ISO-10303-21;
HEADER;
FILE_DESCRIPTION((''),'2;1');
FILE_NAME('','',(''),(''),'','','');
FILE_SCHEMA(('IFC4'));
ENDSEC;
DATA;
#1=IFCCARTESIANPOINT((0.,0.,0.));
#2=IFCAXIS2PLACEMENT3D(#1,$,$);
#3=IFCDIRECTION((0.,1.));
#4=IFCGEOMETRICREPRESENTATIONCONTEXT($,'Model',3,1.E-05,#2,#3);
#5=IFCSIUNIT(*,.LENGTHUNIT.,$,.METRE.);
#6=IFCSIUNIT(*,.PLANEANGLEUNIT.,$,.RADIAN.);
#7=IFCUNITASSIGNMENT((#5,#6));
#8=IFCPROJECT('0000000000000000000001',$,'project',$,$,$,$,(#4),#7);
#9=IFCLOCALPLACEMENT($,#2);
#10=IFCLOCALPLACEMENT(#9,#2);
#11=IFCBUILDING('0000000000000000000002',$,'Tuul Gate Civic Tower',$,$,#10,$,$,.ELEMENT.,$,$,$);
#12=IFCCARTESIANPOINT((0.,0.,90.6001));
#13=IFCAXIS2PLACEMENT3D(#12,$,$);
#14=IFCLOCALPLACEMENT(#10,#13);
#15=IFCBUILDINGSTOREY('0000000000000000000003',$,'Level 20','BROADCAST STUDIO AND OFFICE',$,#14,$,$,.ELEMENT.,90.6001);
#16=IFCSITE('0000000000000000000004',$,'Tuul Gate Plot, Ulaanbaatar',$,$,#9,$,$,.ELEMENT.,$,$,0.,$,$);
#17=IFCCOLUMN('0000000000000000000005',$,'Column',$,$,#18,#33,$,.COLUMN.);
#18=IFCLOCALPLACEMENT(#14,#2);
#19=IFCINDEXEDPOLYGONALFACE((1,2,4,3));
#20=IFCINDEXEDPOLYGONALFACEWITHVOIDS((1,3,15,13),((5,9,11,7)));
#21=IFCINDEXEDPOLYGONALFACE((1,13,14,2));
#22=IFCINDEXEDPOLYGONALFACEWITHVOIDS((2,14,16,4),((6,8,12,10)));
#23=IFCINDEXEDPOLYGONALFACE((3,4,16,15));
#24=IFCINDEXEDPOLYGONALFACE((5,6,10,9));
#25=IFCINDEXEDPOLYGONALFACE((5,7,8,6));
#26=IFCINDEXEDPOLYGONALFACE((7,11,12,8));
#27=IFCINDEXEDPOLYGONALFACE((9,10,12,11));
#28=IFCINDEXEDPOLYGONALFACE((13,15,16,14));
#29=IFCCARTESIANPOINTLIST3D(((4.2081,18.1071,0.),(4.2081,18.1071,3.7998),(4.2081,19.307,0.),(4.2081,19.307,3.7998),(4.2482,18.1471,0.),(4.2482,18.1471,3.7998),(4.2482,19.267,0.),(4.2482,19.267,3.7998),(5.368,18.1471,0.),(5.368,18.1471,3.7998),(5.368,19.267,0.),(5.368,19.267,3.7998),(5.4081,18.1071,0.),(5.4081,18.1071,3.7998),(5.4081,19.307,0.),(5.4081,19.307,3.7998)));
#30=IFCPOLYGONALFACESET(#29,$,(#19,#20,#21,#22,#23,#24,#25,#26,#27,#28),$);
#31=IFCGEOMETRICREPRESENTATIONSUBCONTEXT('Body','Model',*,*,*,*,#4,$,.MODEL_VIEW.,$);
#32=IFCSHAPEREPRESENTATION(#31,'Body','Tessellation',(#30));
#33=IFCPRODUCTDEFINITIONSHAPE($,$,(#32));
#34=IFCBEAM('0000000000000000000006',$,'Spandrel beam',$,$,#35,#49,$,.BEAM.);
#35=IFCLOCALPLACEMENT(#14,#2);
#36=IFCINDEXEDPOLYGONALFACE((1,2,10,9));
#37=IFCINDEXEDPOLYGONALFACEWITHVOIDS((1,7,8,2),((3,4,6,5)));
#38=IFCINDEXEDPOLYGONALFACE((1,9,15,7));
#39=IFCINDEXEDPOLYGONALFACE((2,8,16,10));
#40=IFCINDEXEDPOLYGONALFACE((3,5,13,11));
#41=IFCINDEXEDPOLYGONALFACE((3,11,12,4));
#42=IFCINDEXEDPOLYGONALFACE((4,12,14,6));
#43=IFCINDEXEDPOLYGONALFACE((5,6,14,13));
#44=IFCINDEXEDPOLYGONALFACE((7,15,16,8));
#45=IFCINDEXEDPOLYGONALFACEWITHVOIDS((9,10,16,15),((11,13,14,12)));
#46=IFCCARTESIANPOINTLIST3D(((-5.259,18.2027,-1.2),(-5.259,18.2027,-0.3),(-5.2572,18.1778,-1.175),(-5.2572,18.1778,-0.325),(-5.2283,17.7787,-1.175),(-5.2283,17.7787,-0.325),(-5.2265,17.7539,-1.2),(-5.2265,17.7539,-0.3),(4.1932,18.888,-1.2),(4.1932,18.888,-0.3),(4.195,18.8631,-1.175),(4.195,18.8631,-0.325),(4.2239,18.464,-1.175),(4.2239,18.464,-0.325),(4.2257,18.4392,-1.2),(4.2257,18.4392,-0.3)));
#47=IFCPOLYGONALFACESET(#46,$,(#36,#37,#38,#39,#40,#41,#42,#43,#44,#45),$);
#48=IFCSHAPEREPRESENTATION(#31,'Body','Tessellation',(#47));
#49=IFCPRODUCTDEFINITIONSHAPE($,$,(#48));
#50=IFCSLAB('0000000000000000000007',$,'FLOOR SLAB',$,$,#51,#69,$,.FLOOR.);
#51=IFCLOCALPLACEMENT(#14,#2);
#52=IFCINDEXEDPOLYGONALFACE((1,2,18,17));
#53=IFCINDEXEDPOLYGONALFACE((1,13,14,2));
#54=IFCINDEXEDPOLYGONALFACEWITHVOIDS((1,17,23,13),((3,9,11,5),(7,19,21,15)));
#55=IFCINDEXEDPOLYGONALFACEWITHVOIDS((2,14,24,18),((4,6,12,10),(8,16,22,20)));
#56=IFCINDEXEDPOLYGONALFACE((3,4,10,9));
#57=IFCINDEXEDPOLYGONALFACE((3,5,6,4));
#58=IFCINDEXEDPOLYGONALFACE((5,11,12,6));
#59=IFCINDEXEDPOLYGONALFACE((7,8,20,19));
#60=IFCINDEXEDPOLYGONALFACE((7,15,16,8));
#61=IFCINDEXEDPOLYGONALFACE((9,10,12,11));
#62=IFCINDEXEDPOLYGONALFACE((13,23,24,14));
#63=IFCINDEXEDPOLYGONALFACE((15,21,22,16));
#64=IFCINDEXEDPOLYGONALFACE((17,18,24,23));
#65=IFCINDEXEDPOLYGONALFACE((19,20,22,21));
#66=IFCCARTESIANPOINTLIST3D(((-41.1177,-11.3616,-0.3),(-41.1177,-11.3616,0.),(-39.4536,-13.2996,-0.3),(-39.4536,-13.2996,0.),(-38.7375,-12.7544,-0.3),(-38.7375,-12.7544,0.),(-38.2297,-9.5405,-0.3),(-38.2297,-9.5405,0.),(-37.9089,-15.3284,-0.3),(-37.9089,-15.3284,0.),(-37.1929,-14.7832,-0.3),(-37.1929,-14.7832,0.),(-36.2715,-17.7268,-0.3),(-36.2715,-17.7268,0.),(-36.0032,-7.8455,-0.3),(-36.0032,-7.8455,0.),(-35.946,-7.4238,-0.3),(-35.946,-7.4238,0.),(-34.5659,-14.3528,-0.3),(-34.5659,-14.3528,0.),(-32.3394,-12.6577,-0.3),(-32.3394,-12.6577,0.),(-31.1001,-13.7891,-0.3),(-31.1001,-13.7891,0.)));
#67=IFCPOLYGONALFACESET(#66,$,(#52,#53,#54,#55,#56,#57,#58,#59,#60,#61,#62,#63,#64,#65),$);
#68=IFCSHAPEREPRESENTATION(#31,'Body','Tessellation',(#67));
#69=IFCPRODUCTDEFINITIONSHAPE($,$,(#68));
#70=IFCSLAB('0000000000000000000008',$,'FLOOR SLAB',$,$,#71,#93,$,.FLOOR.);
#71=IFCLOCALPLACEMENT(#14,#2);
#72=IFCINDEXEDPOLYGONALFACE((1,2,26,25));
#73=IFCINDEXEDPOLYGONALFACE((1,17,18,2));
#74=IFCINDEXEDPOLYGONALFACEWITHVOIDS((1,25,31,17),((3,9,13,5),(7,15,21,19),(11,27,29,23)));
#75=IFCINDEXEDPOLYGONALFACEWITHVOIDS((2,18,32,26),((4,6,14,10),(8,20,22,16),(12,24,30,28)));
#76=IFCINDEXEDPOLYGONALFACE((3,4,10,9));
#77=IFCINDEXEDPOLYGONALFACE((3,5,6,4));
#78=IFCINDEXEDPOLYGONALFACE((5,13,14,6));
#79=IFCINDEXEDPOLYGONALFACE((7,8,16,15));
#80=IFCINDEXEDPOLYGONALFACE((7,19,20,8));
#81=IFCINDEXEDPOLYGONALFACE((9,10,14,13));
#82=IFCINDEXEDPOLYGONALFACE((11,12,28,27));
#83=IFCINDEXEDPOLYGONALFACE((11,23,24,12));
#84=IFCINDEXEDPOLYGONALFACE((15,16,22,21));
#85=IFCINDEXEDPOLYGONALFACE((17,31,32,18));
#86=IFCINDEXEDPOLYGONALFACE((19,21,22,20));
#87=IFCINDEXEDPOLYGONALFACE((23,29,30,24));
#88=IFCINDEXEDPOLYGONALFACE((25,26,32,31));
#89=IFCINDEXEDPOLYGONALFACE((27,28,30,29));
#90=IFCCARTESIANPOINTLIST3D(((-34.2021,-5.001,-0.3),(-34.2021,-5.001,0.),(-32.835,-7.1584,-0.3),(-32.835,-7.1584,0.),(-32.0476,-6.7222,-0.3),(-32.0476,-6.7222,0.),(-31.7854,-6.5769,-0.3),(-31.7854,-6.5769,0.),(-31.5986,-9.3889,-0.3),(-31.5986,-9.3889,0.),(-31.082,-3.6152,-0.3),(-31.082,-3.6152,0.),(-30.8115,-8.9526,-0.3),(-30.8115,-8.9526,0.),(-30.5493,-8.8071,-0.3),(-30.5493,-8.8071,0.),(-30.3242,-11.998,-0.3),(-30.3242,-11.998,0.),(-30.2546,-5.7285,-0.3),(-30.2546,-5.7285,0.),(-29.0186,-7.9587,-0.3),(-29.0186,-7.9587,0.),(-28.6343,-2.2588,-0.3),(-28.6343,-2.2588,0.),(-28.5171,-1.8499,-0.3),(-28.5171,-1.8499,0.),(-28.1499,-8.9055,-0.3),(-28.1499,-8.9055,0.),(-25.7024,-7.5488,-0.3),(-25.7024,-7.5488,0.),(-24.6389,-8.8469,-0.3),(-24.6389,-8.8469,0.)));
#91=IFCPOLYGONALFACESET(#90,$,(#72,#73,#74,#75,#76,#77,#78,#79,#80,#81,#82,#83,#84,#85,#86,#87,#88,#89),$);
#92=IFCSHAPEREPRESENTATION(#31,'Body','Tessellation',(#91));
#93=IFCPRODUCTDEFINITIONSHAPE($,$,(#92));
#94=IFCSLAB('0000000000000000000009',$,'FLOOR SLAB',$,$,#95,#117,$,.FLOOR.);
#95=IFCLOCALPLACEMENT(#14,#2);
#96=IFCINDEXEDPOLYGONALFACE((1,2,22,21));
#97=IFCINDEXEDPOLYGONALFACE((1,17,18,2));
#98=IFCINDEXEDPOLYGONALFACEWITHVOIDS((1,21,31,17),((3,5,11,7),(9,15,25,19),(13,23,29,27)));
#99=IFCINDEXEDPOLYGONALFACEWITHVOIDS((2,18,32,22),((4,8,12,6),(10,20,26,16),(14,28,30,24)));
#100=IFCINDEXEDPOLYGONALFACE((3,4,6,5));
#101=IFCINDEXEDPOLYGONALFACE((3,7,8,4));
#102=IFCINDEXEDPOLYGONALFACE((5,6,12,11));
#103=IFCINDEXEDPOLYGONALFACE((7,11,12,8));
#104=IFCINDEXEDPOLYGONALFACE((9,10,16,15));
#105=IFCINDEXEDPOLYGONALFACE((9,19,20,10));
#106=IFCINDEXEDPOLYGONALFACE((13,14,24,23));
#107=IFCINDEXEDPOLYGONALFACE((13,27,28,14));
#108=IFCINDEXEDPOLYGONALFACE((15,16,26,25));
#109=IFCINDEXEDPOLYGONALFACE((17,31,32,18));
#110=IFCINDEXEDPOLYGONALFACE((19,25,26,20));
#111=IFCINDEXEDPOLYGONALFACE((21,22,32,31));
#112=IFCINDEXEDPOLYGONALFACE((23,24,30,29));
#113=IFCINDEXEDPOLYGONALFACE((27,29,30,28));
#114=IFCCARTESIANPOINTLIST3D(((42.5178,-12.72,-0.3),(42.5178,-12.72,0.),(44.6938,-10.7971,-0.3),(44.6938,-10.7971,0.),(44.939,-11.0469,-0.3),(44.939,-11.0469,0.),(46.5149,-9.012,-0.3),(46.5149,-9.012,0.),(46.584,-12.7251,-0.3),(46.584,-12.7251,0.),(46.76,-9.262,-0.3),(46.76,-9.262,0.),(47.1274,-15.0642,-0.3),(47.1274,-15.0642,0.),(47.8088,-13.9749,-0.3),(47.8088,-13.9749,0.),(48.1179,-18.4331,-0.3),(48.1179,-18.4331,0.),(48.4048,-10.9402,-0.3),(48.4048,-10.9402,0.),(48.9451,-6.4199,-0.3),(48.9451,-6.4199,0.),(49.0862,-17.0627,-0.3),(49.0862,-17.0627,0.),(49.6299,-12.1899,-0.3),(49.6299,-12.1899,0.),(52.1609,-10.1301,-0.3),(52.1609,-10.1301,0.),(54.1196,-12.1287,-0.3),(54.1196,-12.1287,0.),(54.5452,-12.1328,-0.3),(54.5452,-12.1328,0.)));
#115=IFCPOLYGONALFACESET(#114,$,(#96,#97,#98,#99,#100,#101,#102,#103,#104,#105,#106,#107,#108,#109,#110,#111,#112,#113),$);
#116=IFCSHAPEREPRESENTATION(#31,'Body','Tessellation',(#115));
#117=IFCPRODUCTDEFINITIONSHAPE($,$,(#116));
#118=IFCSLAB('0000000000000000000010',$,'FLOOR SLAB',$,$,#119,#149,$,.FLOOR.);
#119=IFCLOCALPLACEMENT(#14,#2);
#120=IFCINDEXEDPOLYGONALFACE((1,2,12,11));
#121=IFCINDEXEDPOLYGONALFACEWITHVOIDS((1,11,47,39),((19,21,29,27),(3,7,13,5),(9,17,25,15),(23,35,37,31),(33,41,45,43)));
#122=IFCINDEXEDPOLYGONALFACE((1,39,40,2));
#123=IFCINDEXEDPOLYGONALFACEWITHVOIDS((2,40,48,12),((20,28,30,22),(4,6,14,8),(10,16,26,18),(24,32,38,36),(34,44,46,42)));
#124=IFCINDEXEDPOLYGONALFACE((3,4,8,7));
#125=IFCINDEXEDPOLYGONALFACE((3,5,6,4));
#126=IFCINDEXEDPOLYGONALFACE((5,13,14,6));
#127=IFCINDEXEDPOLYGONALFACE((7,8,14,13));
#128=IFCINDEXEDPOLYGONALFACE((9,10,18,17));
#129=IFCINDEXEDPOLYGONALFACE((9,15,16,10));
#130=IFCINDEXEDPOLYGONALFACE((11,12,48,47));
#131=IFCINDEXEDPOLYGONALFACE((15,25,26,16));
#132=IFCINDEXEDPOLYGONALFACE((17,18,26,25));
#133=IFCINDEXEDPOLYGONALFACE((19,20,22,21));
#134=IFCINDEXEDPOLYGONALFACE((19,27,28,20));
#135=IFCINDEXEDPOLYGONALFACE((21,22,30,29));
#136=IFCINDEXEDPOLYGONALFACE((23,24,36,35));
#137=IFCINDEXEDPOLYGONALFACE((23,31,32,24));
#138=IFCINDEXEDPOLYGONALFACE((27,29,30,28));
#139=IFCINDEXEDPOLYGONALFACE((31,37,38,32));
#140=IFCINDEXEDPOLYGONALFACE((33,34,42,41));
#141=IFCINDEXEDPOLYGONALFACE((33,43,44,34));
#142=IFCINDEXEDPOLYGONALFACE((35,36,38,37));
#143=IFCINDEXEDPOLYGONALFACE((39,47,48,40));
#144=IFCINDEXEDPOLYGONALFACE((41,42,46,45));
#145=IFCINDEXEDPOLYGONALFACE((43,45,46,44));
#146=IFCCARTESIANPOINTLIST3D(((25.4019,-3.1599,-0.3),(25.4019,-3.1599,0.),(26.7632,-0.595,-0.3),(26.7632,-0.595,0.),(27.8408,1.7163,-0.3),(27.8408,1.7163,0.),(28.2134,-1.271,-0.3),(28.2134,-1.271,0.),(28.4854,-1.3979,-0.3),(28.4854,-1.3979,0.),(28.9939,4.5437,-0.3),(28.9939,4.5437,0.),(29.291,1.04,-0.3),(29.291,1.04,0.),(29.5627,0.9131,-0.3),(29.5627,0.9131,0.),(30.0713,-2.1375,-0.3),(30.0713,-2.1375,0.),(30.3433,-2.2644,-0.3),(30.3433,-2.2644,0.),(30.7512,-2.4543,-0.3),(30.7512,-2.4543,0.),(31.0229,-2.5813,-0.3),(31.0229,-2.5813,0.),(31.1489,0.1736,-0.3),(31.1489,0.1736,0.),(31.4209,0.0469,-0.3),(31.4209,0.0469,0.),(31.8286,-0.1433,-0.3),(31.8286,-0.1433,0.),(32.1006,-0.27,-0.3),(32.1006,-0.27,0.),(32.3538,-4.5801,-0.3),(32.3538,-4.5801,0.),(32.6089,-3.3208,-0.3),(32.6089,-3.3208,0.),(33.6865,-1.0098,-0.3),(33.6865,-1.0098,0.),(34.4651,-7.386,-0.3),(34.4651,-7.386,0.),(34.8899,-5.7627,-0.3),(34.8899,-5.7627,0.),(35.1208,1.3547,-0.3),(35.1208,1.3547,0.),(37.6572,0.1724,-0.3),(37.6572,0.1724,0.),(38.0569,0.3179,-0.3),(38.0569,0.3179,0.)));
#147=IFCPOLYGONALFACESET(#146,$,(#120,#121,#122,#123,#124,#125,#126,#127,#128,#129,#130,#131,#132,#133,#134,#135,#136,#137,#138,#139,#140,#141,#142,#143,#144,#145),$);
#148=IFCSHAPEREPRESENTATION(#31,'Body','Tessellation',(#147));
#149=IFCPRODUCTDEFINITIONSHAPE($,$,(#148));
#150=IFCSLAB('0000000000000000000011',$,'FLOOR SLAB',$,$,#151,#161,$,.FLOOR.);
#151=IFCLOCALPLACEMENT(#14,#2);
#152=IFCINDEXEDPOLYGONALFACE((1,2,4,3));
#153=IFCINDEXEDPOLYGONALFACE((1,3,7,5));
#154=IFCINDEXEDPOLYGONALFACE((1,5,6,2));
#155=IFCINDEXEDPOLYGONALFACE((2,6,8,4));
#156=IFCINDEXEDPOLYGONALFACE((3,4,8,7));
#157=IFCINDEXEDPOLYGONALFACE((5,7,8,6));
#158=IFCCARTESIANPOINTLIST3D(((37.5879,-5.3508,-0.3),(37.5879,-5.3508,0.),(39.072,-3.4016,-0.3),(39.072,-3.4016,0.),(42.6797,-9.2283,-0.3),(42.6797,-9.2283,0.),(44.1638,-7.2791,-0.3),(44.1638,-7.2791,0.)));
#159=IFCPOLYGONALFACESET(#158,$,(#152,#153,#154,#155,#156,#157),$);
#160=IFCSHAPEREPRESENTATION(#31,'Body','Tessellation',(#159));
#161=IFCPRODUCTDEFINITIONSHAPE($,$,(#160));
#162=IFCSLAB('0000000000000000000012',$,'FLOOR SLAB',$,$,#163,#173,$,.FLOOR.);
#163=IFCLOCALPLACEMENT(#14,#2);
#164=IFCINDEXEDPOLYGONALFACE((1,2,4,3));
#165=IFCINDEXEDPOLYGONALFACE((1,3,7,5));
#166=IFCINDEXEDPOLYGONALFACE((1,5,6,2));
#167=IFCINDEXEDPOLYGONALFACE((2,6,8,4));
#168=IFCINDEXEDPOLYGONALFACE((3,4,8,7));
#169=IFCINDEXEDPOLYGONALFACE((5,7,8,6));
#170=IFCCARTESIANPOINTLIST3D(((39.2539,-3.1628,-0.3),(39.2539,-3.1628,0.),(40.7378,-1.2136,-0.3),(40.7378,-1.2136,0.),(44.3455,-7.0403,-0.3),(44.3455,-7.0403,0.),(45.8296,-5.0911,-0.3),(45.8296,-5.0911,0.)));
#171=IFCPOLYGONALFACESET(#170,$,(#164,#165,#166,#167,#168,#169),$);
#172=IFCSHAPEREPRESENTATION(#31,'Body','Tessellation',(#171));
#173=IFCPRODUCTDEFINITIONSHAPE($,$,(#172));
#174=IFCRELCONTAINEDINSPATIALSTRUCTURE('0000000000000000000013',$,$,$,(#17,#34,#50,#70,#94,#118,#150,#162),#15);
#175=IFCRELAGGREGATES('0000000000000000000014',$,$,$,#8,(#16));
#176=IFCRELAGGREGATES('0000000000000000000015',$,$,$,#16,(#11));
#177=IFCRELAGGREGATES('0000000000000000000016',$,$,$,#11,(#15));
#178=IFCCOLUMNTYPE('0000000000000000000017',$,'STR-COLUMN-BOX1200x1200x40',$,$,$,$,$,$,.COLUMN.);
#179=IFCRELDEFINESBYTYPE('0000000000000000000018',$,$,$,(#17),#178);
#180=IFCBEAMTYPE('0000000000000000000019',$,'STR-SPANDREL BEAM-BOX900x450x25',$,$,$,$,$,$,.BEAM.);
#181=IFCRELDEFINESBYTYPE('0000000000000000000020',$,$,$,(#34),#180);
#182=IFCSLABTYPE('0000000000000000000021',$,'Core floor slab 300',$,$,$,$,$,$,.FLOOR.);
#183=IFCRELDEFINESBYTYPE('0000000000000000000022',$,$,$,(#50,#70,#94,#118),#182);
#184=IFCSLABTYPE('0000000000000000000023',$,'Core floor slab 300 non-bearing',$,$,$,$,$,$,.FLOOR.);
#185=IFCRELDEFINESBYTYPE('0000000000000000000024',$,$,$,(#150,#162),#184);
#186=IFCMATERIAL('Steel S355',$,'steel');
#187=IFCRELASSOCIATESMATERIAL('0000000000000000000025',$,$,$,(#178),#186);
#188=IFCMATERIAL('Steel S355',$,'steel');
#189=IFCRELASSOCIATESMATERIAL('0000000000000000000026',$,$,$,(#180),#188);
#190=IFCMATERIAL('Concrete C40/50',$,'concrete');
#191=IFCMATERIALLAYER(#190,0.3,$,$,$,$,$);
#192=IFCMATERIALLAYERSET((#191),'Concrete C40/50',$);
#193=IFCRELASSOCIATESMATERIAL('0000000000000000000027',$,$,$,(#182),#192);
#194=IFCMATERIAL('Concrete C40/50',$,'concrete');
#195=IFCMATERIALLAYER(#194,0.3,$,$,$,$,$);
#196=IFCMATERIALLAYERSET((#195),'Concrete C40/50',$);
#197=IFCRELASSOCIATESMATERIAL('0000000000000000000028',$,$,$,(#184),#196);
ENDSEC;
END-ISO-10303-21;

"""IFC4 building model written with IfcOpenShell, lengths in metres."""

from ifc_helpers import new_model, si_unit, direction, frame, origin, origin_2d, place, context, subcontext, project, spatial, polyline, hollow_rectangle, outline, extrude, material, layer, layer_set, material_profile, profile_set, type_object, element, save


model = new_model("IFC4")

# Units and contexts
model_context = context("Model", 3, precision=1e-05, world=origin(), true_north=direction((0.0, 1.0)))
body_context = subcontext(model_context, "Body", "Model", "MODEL_VIEW")
ifc_project = project(units=[si_unit("LENGTHUNIT", "METRE"), si_unit("PLANEANGLEUNIT", "RADIAN")], contexts=[model_context])

# Site, building, storey
site_placement = place(None, origin())
site = spatial("IfcSite", under=ifc_project, at=site_placement, Name="Tuul Gate Plot, Ulaanbaatar", CompositionType="ELEMENT", RefElevation=0.0)
building_placement = place(site_placement, origin())
building = spatial("IfcBuilding", under=site, at=building_placement, Name="Tuul Gate Civic Tower", CompositionType="ELEMENT")
storey_placement = place(building_placement, frame((0.0, 0.0, 90.6001)))
storey = spatial("IfcBuildingStorey", under=building, at=storey_placement, Name="Level 20", Description="BROADCAST STUDIO AND OFFICE", CompositionType="ELEMENT", Elevation=90.6001)

# Column
ifc_material_1 = material(Name="Steel S355", Category="steel")
ifc_material_profile_1 = material_profile(ifc_material_1, hollow_rectangle(XDim=1.2, YDim=1.2, WallThickness=0.04, at=origin_2d()), Name="BOX1200x1200x40")
ifc_profile_set_1 = profile_set([ifc_material_profile_1], Name="Steel S355")
column_type = type_object("IfcColumnType", Name="STR-COLUMN-BOX1200x1200x40", PredefinedType="COLUMN", material=ifc_profile_set_1)
column_placement = place(storey_placement, frame((4.8081, 18.707, 0.0), z_axis=(0.0, 0.0, 1.0), x_axis=(1.0, 0.0, 0.0)))
element("IfcColumn", 1, at=column_placement, inside=storey, type_object=column_type, Name="Column", PredefinedType="COLUMN", context=body_context, shape_type="SweptSolid", body=[
    extrude(hollow_rectangle(XDim=1.2, YDim=1.2, WallThickness=0.04, at=origin_2d()), origin(), (0.0, 0.0, 1.0), 3.7998),
])

# Beam
ifc_material_2 = material(Name="Steel S355", Category="steel")
ifc_material_profile_2 = material_profile(ifc_material_2, hollow_rectangle(XDim=0.45, YDim=0.8999, WallThickness=0.0249, at=origin_2d()), Name="BOX900x450x25")
ifc_profile_set_2 = profile_set([ifc_material_profile_2], Name="Steel S355")
beam_type = type_object("IfcBeamType", Name="STR-SPANDREL BEAM-BOX900x450x25", PredefinedType="BEAM", material=ifc_profile_set_2)
beam_placement = place(storey_placement, frame((4.2095, 18.6636, -0.75), z_axis=(-0.997382, -0.072313, 0.0), x_axis=(0.072313, -0.997382, 0.0)))
element("IfcBeam", 2, at=beam_placement, inside=storey, type_object=beam_type, Name="Spandrel beam", PredefinedType="BEAM", context=body_context, shape_type="SweptSolid", body=[
    extrude(hollow_rectangle(XDim=0.45, YDim=0.8999, WallThickness=0.0249, at=origin_2d()), origin(), (0.0, 0.0, 1.0), 9.4771),
])

# Slabs
ifc_material_3 = material(Name="Concrete C40/50", Category="concrete")
ifc_layer_1 = layer(ifc_material_3, 0.3)
ifc_layer_set_1 = layer_set([ifc_layer_1], Name="Concrete C40/50")
slab_type_1 = type_object("IfcSlabType", Name="Core floor slab 300", PredefinedType="FLOOR", material=ifc_layer_set_1)
slab_1_placement = place(storey_placement, frame((0.0, 0.0, -0.3)))
element("IfcSlab", 3, at=slab_1_placement, inside=storey, type_object=slab_type_1, Name="FLOOR SLAB", PredefinedType="FLOOR", context=body_context, shape_type="SweptSolid", body=[
    extrude(outline(polyline([(-31.1001, -13.7891), (-35.946, -7.4238), (-41.1177, -11.3616), (-36.2715, -17.7268), (-31.1001, -13.7891)]), holes=[polyline([(-37.1929, -14.7832), (-38.7375, -12.7544), (-39.4536, -13.2996), (-37.9089, -15.3284), (-37.1929, -14.7832)]), polyline([(-32.3394, -12.6577), (-34.5659, -14.3528), (-38.2297, -9.5405), (-36.0032, -7.8455), (-32.3394, -12.6577)])]), origin(), (0.0, 0.0, 1.0), 0.3),
])
slab_2_placement = place(storey_placement, frame((0.0, 0.0, -0.3)))
element("IfcSlab", 4, at=slab_2_placement, inside=storey, type_object=slab_type_1, Name="FLOOR SLAB", PredefinedType="FLOOR", context=body_context, shape_type="SweptSolid", body=[
    extrude(outline(polyline([(-24.6389, -8.8469), (-28.5171, -1.8499), (-34.2021, -5.001), (-30.3242, -11.998), (-24.6389, -8.8469)]), holes=[polyline([(-29.0186, -7.9587), (-30.2546, -5.7285), (-31.7854, -6.5769), (-30.5493, -8.8071), (-29.0186, -7.9587)]), polyline([(-30.8115, -8.9526), (-32.0476, -6.7222), (-32.835, -7.1584), (-31.5986, -9.3889), (-30.8115, -8.9526)]), polyline([(-25.7024, -7.5488), (-28.1499, -8.9055), (-31.082, -3.6152), (-28.6343, -2.2588), (-25.7024, -7.5488)])]), origin(), (0.0, 0.0, 1.0), 0.3),
])
slab_3_placement = place(storey_placement, frame((0.0, 0.0, -0.3)))
element("IfcSlab", 5, at=slab_3_placement, inside=storey, type_object=slab_type_1, Name="FLOOR SLAB", PredefinedType="FLOOR", context=body_context, shape_type="SweptSolid", body=[
    extrude(outline(polyline([(48.1179, -18.4331), (54.5452, -12.1328), (48.9451, -6.4199), (42.5178, -12.72), (48.1179, -18.4331)]), holes=[polyline([(47.8088, -13.9749), (49.6299, -12.1899), (48.4048, -10.9402), (46.584, -12.7251), (47.8088, -13.9749)]), polyline([(44.939, -11.0469), (46.76, -9.262), (46.5149, -9.012), (44.6938, -10.7971), (44.939, -11.0469)]), polyline([(49.0862, -17.0627), (47.1274, -15.0642), (52.1609, -10.1301), (54.1196, -12.1287), (49.0862, -17.0627)])]), origin(), (0.0, 0.0, 1.0), 0.3),
])
slab_4_placement = place(storey_placement, frame((0.0, 0.0, -0.3)))
element("IfcSlab", 6, at=slab_4_placement, inside=storey, type_object=slab_type_1, Name="FLOOR SLAB", PredefinedType="FLOOR", context=body_context, shape_type="SweptSolid", body=[
    extrude(outline(polyline([(34.4651, -7.386), (38.0569, 0.3179), (28.9939, 4.5437), (25.4019, -3.1599), (34.4651, -7.386)]), holes=[polyline([(32.6089, -3.3208), (33.6865, -1.0098), (32.1006, -0.27), (31.0229, -2.5813), (32.6089, -3.3208)]), polyline([(30.0713, -2.1375), (31.1489, 0.1736), (29.5627, 0.9131), (28.4854, -1.3979), (30.0713, -2.1375)]), polyline([(30.7512, -2.4543), (31.8286, -0.1433), (31.4209, 0.0469), (30.3433, -2.2644), (30.7512, -2.4543)]), polyline([(28.2134, -1.271), (29.291, 1.04), (27.8408, 1.7163), (26.7632, -0.595), (28.2134, -1.271)]), polyline([(34.8899, -5.7627), (32.3538, -4.5801), (35.1208, 1.3547), (37.6572, 0.1724), (34.8899, -5.7627)])]), origin(), (0.0, 0.0, 1.0), 0.3),
])
ifc_material_4 = material(Name="Concrete C40/50", Category="concrete")
ifc_layer_2 = layer(ifc_material_4, 0.3)
ifc_layer_set_2 = layer_set([ifc_layer_2], Name="Concrete C40/50")
slab_type_2 = type_object("IfcSlabType", Name="Core floor slab 300 non-bearing", PredefinedType="FLOOR", material=ifc_layer_set_2)
slab_5_placement = place(storey_placement, frame((0.0, 0.0, -0.3)))
element("IfcSlab", 7, at=slab_5_placement, inside=storey, type_object=slab_type_2, Name="FLOOR SLAB", PredefinedType="FLOOR", context=body_context, shape_type="SweptSolid", body=[
    extrude(outline(polyline([(37.5879, -5.3508), (39.072, -3.4016), (44.1638, -7.2791), (42.6797, -9.2283), (37.5879, -5.3508)])), origin(), (0.0, 0.0, 1.0), 0.3),
])
slab_6_placement = place(storey_placement, frame((0.0, 0.0, -0.3)))
element("IfcSlab", 8, at=slab_6_placement, inside=storey, type_object=slab_type_2, Name="FLOOR SLAB", PredefinedType="FLOOR", context=body_context, shape_type="SweptSolid", body=[
    extrude(outline(polyline([(44.3455, -7.0403), (39.2539, -3.1628), (40.7378, -1.2136), (45.8296, -5.0911), (44.3455, -7.0403)])), origin(), (0.0, 0.0, 1.0), 0.3),
])

save(model, "model.ifc")
